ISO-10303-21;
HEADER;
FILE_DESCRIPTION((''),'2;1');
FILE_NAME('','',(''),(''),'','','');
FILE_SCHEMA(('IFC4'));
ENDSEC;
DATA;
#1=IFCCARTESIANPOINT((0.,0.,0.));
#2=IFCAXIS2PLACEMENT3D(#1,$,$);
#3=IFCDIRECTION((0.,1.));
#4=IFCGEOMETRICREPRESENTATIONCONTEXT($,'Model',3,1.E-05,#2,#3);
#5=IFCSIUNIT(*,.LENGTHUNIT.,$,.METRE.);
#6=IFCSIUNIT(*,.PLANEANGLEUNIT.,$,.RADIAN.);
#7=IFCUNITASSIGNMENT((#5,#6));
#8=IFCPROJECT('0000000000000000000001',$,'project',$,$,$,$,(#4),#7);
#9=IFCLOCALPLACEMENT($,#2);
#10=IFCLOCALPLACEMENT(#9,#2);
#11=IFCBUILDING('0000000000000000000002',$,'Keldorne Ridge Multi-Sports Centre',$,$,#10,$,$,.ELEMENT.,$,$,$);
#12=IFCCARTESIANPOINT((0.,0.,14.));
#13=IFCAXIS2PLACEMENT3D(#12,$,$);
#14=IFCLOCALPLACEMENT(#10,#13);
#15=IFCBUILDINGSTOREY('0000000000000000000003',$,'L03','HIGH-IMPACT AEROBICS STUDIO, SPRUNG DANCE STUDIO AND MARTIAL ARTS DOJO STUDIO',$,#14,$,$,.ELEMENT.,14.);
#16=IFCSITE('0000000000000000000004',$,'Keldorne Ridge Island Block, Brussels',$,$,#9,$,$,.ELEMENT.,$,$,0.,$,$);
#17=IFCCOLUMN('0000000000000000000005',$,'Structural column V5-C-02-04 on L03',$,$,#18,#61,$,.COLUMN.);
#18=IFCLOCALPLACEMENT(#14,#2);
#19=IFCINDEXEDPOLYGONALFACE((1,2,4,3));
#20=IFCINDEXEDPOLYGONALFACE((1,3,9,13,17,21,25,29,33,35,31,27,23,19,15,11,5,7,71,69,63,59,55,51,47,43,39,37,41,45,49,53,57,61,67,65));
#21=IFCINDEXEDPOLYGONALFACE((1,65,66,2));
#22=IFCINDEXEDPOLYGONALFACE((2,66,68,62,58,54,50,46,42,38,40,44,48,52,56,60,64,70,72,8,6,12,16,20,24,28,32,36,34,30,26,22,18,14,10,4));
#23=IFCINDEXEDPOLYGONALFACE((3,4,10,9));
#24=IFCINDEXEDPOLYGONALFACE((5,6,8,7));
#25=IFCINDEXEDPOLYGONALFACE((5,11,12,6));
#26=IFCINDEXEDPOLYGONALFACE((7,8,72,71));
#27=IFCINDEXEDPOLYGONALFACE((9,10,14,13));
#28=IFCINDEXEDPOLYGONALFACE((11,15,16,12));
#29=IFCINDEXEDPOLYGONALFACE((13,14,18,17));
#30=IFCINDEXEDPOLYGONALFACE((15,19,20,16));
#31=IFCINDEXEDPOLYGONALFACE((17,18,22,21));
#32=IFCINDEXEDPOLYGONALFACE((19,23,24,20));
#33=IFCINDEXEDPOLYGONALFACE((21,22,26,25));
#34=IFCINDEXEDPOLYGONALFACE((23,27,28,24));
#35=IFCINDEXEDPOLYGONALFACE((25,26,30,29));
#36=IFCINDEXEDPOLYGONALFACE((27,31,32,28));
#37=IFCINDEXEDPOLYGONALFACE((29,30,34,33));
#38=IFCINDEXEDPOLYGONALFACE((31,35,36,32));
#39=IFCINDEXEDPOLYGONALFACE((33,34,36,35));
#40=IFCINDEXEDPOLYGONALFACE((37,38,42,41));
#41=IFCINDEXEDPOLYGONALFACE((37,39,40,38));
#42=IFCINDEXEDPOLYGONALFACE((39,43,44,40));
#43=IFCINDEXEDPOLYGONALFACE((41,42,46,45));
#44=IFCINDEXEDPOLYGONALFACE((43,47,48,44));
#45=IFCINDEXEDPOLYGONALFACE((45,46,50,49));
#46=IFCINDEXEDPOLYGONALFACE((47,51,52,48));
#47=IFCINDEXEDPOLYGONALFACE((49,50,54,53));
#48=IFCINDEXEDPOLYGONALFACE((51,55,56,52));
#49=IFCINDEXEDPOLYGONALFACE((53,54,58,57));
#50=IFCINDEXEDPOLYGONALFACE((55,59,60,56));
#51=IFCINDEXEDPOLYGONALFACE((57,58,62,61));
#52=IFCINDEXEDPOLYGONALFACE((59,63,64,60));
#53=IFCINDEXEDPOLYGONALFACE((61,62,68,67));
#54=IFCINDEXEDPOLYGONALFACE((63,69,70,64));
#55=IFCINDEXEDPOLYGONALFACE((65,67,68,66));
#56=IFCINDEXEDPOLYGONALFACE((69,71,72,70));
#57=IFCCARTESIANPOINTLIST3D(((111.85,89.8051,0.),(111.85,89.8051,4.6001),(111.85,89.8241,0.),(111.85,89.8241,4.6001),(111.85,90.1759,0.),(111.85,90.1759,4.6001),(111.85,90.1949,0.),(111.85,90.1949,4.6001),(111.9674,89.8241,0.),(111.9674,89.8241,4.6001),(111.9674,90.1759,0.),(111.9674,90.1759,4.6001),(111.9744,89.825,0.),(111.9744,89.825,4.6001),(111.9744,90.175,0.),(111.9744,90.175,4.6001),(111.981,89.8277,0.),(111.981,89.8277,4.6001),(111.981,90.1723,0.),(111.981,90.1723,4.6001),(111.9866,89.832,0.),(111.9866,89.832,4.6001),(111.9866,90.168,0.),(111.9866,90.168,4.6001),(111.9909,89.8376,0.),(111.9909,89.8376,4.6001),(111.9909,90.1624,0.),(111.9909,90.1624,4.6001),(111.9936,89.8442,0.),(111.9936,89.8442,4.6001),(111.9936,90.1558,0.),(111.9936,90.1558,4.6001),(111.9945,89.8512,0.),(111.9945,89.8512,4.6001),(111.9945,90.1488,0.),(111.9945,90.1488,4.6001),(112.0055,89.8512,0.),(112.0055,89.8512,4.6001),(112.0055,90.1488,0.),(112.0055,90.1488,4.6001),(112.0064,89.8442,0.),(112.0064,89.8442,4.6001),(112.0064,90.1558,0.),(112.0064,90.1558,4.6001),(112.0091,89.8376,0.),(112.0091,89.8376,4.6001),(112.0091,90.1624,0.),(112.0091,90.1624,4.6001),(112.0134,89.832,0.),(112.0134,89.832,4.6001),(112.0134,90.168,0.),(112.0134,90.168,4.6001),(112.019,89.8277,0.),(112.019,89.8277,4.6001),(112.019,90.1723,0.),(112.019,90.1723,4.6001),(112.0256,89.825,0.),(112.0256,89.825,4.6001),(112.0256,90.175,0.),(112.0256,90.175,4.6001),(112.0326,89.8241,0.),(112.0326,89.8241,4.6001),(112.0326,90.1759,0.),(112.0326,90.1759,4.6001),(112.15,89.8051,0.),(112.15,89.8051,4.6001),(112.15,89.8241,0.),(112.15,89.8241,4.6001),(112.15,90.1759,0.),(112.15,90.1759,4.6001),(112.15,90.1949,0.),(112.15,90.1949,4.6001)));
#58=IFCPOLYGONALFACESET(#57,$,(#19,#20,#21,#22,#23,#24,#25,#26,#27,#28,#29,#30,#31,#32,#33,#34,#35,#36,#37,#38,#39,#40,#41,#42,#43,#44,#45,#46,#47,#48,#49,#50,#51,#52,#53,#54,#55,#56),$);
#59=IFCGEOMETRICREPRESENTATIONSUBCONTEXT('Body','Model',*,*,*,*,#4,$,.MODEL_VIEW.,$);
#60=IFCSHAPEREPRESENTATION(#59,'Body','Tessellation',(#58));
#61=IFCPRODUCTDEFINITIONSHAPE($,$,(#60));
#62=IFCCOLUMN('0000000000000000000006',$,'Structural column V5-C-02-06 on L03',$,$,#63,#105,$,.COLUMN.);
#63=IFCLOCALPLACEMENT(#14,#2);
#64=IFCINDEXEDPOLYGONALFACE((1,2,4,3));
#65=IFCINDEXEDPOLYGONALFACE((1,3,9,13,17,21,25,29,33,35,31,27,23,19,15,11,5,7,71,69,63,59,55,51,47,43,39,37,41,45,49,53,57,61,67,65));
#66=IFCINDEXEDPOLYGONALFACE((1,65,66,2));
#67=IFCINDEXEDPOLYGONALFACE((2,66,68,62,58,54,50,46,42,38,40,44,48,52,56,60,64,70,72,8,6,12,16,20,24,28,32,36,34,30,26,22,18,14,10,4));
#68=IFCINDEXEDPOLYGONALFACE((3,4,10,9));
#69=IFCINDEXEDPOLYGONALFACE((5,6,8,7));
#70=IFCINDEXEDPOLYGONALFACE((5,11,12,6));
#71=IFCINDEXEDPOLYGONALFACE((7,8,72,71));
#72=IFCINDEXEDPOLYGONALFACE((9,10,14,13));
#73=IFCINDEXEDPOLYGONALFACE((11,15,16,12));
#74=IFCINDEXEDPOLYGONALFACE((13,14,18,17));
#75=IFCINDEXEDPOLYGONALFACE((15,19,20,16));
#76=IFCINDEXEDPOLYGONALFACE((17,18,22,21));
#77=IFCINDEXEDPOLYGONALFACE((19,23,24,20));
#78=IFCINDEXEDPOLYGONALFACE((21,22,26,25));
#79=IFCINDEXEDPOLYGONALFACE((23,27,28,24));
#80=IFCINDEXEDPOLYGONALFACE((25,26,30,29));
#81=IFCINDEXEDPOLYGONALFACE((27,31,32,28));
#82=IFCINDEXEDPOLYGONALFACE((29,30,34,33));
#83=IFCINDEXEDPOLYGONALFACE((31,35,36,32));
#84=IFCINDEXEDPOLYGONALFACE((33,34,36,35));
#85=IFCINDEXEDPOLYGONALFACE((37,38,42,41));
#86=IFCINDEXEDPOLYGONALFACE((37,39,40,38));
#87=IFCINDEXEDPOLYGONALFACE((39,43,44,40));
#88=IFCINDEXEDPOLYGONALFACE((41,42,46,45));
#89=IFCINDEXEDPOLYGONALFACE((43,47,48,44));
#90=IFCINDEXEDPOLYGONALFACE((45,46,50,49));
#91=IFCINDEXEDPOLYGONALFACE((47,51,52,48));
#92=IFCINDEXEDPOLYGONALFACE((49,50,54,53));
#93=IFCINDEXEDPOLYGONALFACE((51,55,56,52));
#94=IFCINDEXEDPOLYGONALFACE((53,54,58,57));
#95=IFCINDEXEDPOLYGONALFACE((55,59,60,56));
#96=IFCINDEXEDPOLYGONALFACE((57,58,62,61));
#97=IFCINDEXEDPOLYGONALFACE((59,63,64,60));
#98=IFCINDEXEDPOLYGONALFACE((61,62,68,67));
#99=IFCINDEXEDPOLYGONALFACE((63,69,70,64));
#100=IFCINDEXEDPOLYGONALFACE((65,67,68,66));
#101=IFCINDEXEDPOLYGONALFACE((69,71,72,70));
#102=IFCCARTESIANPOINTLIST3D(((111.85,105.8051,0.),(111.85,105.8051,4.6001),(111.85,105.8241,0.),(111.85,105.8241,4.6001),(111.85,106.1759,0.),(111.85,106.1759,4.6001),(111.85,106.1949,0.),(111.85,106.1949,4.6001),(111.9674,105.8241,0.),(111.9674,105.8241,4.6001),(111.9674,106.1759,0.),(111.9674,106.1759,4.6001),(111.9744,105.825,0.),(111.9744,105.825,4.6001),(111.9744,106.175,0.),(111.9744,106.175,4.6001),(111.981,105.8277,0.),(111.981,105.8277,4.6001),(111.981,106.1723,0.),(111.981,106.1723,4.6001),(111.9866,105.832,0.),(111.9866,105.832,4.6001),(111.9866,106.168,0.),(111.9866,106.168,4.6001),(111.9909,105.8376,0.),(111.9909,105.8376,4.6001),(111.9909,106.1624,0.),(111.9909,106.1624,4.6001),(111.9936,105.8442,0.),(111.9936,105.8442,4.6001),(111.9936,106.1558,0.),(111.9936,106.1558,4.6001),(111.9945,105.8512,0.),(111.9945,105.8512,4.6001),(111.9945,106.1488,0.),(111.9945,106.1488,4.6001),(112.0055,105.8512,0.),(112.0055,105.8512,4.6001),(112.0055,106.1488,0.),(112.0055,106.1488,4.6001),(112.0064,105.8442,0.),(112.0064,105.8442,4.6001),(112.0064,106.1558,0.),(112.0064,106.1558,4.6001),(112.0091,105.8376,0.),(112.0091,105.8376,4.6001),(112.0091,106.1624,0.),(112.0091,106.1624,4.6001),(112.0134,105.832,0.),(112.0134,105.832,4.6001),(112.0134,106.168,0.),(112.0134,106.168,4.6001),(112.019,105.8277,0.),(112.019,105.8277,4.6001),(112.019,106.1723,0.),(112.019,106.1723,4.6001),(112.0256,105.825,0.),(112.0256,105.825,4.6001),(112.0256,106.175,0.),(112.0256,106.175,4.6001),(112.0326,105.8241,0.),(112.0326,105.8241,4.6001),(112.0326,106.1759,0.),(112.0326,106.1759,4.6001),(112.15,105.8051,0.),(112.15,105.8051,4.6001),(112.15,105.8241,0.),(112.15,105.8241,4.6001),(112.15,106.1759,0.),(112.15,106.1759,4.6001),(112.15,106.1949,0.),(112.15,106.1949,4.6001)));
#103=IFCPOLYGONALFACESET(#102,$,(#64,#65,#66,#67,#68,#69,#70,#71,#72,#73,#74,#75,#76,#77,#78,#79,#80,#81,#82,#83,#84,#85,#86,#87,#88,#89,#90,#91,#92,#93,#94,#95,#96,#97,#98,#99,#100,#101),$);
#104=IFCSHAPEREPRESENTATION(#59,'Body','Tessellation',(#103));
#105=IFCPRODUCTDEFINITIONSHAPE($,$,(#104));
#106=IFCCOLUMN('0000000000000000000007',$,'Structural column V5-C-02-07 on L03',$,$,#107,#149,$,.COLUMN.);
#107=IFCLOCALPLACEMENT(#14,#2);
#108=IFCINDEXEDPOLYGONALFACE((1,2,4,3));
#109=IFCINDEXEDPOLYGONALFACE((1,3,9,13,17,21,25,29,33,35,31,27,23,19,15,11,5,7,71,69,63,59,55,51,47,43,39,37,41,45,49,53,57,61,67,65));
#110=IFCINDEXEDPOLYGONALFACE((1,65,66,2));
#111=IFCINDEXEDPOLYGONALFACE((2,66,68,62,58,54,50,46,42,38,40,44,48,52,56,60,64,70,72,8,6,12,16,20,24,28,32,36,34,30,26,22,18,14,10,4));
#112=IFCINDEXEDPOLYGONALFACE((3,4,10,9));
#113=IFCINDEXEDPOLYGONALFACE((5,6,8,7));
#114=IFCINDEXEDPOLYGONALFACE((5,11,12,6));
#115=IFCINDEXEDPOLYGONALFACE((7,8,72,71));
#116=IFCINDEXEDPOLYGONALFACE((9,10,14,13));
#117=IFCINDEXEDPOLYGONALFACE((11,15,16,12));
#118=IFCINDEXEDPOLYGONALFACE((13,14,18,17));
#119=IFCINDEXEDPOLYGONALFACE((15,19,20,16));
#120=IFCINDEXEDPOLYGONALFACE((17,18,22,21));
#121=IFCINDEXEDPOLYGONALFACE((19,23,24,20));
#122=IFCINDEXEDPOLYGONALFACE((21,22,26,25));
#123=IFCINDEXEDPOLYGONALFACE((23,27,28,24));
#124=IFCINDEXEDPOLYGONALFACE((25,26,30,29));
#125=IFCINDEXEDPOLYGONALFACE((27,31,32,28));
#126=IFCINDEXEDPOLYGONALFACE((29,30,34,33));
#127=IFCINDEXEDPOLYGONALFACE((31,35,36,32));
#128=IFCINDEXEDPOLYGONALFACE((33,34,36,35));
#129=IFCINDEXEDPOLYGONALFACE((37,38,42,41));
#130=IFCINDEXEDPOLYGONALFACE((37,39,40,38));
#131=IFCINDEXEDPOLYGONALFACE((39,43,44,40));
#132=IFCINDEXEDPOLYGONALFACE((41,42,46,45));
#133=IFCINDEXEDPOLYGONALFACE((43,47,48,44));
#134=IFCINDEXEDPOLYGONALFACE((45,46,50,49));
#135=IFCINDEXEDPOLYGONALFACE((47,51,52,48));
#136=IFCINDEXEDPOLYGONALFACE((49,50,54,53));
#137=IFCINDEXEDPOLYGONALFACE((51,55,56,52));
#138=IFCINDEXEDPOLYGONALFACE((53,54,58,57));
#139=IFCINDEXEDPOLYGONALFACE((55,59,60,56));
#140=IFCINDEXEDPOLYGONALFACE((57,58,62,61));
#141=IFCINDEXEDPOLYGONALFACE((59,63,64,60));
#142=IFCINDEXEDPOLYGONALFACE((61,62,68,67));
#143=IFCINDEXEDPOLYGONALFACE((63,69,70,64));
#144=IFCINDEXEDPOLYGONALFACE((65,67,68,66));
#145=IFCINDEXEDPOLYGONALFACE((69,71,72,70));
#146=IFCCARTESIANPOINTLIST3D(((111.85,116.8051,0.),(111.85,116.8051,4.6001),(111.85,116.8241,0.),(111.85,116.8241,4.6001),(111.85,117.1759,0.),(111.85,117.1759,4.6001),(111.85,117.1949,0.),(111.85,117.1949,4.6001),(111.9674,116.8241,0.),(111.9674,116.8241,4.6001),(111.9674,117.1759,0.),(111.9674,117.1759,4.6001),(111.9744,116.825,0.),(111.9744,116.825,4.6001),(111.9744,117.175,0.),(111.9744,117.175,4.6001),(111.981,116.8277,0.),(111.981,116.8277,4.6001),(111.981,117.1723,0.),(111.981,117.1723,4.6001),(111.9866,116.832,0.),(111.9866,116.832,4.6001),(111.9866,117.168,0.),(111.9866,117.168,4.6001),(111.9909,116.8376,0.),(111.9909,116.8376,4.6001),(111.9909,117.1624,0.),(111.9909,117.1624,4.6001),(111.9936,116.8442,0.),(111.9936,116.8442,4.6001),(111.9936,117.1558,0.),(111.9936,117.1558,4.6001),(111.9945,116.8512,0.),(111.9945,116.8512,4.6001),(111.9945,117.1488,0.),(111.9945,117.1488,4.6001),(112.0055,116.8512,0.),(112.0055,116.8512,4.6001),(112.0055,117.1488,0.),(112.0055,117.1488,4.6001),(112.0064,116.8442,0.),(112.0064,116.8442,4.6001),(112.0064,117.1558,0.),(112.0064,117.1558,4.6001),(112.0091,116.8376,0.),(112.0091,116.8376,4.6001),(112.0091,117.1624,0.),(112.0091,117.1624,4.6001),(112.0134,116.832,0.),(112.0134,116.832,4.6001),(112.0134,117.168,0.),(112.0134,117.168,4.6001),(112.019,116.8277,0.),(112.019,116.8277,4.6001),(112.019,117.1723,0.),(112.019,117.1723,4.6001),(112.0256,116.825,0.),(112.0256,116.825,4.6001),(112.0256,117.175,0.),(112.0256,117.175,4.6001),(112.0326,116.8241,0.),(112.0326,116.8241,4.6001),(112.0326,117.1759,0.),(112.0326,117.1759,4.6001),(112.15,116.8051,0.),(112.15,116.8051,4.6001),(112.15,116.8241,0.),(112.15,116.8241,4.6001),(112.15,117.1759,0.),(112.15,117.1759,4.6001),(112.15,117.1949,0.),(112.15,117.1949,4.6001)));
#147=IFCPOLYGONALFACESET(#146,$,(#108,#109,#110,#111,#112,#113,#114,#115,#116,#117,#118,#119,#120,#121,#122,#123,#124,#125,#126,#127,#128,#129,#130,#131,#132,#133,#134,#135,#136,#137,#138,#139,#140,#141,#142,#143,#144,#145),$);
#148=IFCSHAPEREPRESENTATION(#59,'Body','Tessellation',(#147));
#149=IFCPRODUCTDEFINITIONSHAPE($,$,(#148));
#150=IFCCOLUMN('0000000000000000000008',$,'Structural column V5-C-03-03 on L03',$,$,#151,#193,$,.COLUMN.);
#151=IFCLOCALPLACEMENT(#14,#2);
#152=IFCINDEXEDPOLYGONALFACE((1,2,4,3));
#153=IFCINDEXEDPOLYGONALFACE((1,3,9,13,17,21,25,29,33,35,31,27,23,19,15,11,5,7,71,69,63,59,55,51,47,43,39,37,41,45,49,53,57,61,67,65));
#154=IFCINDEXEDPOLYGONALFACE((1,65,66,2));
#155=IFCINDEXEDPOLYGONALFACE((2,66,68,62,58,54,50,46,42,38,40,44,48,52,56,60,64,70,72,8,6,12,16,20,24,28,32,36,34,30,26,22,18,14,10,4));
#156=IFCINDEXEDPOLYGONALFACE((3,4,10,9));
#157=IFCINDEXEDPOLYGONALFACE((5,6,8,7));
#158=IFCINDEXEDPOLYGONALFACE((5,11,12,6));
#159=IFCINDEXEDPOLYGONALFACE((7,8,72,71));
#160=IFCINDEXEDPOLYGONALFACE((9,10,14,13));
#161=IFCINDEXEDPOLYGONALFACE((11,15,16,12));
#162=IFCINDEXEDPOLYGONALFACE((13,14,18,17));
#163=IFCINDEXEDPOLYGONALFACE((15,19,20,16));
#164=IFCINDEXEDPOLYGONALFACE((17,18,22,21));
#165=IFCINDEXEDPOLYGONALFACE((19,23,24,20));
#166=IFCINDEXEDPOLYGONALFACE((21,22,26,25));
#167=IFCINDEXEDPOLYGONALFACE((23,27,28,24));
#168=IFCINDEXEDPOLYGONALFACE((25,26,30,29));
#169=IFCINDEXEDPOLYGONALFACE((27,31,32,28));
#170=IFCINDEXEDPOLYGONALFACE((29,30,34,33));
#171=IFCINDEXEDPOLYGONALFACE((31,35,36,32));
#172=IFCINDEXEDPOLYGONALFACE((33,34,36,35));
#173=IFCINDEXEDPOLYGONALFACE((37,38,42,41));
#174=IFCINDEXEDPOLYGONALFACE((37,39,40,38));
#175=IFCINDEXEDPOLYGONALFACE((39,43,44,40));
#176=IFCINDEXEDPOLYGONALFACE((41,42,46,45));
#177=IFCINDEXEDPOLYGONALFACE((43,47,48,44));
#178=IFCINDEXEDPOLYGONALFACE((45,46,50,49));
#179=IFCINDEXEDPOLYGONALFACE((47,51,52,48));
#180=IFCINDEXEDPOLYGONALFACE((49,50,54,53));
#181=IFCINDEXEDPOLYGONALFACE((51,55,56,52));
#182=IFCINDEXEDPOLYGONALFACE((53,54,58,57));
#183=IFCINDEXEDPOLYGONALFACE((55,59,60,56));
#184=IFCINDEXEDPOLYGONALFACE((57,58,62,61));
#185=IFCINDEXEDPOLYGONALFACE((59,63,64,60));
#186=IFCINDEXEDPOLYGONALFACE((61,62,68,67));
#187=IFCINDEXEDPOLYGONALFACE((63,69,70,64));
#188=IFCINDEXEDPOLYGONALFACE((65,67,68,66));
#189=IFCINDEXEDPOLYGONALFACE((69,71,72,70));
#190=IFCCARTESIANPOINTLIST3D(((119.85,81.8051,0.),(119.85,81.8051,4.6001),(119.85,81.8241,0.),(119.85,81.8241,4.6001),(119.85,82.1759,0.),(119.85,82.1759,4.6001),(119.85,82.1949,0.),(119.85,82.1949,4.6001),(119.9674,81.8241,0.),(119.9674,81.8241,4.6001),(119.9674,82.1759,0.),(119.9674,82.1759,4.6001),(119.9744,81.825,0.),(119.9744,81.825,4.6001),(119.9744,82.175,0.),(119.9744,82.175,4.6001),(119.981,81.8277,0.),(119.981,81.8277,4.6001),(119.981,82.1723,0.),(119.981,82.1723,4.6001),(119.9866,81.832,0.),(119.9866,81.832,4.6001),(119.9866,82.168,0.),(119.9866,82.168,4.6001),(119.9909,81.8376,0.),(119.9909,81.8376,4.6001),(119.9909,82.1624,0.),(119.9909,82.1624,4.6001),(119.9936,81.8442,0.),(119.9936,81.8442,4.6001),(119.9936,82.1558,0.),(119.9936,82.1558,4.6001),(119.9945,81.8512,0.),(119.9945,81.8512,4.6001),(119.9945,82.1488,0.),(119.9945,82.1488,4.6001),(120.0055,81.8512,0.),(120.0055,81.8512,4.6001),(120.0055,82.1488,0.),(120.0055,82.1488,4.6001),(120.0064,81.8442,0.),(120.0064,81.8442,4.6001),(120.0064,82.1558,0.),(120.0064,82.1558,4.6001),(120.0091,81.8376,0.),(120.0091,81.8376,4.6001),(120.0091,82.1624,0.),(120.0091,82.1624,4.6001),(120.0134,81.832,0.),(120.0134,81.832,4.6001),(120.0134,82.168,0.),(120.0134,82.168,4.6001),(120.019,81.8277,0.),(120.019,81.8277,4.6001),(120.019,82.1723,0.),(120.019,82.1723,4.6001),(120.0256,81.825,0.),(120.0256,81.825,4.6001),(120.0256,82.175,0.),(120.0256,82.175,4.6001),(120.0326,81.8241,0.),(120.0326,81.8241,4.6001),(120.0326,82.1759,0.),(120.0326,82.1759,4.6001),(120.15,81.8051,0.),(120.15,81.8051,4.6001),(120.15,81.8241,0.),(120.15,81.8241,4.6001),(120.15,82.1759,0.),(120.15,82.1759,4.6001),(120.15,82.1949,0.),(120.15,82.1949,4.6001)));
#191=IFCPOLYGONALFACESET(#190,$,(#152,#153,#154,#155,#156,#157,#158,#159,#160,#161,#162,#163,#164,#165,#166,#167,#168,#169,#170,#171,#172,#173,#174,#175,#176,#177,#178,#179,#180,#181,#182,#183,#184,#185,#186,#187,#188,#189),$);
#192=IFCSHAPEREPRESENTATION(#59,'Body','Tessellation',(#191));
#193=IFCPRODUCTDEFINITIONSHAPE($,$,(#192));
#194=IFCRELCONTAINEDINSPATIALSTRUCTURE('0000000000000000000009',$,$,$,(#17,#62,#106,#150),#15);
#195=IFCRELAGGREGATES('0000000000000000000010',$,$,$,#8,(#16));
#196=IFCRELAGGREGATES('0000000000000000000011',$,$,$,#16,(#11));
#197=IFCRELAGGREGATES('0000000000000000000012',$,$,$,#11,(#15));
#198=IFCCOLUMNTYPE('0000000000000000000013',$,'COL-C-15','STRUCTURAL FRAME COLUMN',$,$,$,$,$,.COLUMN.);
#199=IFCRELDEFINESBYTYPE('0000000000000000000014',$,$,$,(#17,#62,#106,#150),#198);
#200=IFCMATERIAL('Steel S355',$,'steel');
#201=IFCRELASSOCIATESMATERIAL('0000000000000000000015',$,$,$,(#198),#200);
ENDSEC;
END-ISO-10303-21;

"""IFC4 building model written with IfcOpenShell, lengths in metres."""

from ifc_helpers import new_model, si_unit, direction, frame, origin, origin_2d, place, context, subcontext, project, spatial, i_section, extrude, material, material_profile, profile_set, type_object, element, save


model = new_model("IFC4")

# Units and contexts
model_context = context("Model", 3, precision=1e-05, world=origin(), true_north=direction((0.0, 1.0)))
body_context = subcontext(model_context, "Body", "Model", "MODEL_VIEW")
ifc_project = project(units=[si_unit("LENGTHUNIT", "METRE"), si_unit("PLANEANGLEUNIT", "RADIAN")], contexts=[model_context])

# Site, building, storey
site_placement = place(None, origin())
site = spatial("IfcSite", under=ifc_project, at=site_placement, Name="Keldorne Ridge Island Block, Brussels", CompositionType="ELEMENT", RefElevation=0.0)
building_placement = place(site_placement, origin())
building = spatial("IfcBuilding", under=site, at=building_placement, Name="Keldorne Ridge Multi-Sports Centre", CompositionType="ELEMENT")
storey_placement = place(building_placement, frame((0.0, 0.0, 14.0)))
storey = spatial("IfcBuildingStorey", under=building, at=storey_placement, Name="L03", Description="HIGH-IMPACT AEROBICS STUDIO, SPRUNG DANCE STUDIO AND MARTIAL ARTS DOJO STUDIO", CompositionType="ELEMENT", Elevation=14.0)

# Columns
ifc_material_1 = material(Name="Steel S355", Category="steel")
ifc_material_profile_1 = material_profile(ifc_material_1, i_section(OverallWidth=0.3, OverallDepth=0.3899, WebThickness=0.011, FlangeThickness=0.019, FilletRadius=0.0271, at=origin_2d()), Name="HEA 400")
ifc_profile_set_1 = profile_set([ifc_material_profile_1], Name="Steel S355")
column_type = type_object("IfcColumnType", Name="COL-C-15", Description="STRUCTURAL FRAME COLUMN", PredefinedType="COLUMN", material=ifc_profile_set_1)
for number, where, z_axis, x_axis, name in (
    (1, (112.0, 90.0, 0.0), (0.0, 0.0, 1.0), (1.0, 0.0, 0.0), "Structural column V5-C-02-04 on L03"),
    (2, (112.0, 106.0, 0.0), (0.0, 0.0, 1.0), (1.0, 0.0, 0.0), "Structural column V5-C-02-06 on L03"),
    (3, (112.0, 117.0, 0.0), (0.0, 0.0, 1.0), (1.0, 0.0, 0.0), "Structural column V5-C-02-07 on L03"),
    (4, (120.0, 82.0, 0.0), (0.0, 0.0, 1.0), (1.0, 0.0, 0.0), "Structural column V5-C-03-03 on L03"),
):
    element("IfcColumn", number, at=place(storey_placement, frame(where, z_axis=z_axis, x_axis=x_axis)), inside=storey, type_object=column_type, Name=name, PredefinedType="COLUMN", context=body_context, shape_type="SweptSolid", body=[
        extrude(i_section(OverallWidth=0.3, OverallDepth=0.3899, WebThickness=0.011, FlangeThickness=0.019, FilletRadius=0.0271, at=origin_2d()), origin(), (0.0, 0.0, 1.0), 4.6001),
    ])

save(model, "model.ifc")
